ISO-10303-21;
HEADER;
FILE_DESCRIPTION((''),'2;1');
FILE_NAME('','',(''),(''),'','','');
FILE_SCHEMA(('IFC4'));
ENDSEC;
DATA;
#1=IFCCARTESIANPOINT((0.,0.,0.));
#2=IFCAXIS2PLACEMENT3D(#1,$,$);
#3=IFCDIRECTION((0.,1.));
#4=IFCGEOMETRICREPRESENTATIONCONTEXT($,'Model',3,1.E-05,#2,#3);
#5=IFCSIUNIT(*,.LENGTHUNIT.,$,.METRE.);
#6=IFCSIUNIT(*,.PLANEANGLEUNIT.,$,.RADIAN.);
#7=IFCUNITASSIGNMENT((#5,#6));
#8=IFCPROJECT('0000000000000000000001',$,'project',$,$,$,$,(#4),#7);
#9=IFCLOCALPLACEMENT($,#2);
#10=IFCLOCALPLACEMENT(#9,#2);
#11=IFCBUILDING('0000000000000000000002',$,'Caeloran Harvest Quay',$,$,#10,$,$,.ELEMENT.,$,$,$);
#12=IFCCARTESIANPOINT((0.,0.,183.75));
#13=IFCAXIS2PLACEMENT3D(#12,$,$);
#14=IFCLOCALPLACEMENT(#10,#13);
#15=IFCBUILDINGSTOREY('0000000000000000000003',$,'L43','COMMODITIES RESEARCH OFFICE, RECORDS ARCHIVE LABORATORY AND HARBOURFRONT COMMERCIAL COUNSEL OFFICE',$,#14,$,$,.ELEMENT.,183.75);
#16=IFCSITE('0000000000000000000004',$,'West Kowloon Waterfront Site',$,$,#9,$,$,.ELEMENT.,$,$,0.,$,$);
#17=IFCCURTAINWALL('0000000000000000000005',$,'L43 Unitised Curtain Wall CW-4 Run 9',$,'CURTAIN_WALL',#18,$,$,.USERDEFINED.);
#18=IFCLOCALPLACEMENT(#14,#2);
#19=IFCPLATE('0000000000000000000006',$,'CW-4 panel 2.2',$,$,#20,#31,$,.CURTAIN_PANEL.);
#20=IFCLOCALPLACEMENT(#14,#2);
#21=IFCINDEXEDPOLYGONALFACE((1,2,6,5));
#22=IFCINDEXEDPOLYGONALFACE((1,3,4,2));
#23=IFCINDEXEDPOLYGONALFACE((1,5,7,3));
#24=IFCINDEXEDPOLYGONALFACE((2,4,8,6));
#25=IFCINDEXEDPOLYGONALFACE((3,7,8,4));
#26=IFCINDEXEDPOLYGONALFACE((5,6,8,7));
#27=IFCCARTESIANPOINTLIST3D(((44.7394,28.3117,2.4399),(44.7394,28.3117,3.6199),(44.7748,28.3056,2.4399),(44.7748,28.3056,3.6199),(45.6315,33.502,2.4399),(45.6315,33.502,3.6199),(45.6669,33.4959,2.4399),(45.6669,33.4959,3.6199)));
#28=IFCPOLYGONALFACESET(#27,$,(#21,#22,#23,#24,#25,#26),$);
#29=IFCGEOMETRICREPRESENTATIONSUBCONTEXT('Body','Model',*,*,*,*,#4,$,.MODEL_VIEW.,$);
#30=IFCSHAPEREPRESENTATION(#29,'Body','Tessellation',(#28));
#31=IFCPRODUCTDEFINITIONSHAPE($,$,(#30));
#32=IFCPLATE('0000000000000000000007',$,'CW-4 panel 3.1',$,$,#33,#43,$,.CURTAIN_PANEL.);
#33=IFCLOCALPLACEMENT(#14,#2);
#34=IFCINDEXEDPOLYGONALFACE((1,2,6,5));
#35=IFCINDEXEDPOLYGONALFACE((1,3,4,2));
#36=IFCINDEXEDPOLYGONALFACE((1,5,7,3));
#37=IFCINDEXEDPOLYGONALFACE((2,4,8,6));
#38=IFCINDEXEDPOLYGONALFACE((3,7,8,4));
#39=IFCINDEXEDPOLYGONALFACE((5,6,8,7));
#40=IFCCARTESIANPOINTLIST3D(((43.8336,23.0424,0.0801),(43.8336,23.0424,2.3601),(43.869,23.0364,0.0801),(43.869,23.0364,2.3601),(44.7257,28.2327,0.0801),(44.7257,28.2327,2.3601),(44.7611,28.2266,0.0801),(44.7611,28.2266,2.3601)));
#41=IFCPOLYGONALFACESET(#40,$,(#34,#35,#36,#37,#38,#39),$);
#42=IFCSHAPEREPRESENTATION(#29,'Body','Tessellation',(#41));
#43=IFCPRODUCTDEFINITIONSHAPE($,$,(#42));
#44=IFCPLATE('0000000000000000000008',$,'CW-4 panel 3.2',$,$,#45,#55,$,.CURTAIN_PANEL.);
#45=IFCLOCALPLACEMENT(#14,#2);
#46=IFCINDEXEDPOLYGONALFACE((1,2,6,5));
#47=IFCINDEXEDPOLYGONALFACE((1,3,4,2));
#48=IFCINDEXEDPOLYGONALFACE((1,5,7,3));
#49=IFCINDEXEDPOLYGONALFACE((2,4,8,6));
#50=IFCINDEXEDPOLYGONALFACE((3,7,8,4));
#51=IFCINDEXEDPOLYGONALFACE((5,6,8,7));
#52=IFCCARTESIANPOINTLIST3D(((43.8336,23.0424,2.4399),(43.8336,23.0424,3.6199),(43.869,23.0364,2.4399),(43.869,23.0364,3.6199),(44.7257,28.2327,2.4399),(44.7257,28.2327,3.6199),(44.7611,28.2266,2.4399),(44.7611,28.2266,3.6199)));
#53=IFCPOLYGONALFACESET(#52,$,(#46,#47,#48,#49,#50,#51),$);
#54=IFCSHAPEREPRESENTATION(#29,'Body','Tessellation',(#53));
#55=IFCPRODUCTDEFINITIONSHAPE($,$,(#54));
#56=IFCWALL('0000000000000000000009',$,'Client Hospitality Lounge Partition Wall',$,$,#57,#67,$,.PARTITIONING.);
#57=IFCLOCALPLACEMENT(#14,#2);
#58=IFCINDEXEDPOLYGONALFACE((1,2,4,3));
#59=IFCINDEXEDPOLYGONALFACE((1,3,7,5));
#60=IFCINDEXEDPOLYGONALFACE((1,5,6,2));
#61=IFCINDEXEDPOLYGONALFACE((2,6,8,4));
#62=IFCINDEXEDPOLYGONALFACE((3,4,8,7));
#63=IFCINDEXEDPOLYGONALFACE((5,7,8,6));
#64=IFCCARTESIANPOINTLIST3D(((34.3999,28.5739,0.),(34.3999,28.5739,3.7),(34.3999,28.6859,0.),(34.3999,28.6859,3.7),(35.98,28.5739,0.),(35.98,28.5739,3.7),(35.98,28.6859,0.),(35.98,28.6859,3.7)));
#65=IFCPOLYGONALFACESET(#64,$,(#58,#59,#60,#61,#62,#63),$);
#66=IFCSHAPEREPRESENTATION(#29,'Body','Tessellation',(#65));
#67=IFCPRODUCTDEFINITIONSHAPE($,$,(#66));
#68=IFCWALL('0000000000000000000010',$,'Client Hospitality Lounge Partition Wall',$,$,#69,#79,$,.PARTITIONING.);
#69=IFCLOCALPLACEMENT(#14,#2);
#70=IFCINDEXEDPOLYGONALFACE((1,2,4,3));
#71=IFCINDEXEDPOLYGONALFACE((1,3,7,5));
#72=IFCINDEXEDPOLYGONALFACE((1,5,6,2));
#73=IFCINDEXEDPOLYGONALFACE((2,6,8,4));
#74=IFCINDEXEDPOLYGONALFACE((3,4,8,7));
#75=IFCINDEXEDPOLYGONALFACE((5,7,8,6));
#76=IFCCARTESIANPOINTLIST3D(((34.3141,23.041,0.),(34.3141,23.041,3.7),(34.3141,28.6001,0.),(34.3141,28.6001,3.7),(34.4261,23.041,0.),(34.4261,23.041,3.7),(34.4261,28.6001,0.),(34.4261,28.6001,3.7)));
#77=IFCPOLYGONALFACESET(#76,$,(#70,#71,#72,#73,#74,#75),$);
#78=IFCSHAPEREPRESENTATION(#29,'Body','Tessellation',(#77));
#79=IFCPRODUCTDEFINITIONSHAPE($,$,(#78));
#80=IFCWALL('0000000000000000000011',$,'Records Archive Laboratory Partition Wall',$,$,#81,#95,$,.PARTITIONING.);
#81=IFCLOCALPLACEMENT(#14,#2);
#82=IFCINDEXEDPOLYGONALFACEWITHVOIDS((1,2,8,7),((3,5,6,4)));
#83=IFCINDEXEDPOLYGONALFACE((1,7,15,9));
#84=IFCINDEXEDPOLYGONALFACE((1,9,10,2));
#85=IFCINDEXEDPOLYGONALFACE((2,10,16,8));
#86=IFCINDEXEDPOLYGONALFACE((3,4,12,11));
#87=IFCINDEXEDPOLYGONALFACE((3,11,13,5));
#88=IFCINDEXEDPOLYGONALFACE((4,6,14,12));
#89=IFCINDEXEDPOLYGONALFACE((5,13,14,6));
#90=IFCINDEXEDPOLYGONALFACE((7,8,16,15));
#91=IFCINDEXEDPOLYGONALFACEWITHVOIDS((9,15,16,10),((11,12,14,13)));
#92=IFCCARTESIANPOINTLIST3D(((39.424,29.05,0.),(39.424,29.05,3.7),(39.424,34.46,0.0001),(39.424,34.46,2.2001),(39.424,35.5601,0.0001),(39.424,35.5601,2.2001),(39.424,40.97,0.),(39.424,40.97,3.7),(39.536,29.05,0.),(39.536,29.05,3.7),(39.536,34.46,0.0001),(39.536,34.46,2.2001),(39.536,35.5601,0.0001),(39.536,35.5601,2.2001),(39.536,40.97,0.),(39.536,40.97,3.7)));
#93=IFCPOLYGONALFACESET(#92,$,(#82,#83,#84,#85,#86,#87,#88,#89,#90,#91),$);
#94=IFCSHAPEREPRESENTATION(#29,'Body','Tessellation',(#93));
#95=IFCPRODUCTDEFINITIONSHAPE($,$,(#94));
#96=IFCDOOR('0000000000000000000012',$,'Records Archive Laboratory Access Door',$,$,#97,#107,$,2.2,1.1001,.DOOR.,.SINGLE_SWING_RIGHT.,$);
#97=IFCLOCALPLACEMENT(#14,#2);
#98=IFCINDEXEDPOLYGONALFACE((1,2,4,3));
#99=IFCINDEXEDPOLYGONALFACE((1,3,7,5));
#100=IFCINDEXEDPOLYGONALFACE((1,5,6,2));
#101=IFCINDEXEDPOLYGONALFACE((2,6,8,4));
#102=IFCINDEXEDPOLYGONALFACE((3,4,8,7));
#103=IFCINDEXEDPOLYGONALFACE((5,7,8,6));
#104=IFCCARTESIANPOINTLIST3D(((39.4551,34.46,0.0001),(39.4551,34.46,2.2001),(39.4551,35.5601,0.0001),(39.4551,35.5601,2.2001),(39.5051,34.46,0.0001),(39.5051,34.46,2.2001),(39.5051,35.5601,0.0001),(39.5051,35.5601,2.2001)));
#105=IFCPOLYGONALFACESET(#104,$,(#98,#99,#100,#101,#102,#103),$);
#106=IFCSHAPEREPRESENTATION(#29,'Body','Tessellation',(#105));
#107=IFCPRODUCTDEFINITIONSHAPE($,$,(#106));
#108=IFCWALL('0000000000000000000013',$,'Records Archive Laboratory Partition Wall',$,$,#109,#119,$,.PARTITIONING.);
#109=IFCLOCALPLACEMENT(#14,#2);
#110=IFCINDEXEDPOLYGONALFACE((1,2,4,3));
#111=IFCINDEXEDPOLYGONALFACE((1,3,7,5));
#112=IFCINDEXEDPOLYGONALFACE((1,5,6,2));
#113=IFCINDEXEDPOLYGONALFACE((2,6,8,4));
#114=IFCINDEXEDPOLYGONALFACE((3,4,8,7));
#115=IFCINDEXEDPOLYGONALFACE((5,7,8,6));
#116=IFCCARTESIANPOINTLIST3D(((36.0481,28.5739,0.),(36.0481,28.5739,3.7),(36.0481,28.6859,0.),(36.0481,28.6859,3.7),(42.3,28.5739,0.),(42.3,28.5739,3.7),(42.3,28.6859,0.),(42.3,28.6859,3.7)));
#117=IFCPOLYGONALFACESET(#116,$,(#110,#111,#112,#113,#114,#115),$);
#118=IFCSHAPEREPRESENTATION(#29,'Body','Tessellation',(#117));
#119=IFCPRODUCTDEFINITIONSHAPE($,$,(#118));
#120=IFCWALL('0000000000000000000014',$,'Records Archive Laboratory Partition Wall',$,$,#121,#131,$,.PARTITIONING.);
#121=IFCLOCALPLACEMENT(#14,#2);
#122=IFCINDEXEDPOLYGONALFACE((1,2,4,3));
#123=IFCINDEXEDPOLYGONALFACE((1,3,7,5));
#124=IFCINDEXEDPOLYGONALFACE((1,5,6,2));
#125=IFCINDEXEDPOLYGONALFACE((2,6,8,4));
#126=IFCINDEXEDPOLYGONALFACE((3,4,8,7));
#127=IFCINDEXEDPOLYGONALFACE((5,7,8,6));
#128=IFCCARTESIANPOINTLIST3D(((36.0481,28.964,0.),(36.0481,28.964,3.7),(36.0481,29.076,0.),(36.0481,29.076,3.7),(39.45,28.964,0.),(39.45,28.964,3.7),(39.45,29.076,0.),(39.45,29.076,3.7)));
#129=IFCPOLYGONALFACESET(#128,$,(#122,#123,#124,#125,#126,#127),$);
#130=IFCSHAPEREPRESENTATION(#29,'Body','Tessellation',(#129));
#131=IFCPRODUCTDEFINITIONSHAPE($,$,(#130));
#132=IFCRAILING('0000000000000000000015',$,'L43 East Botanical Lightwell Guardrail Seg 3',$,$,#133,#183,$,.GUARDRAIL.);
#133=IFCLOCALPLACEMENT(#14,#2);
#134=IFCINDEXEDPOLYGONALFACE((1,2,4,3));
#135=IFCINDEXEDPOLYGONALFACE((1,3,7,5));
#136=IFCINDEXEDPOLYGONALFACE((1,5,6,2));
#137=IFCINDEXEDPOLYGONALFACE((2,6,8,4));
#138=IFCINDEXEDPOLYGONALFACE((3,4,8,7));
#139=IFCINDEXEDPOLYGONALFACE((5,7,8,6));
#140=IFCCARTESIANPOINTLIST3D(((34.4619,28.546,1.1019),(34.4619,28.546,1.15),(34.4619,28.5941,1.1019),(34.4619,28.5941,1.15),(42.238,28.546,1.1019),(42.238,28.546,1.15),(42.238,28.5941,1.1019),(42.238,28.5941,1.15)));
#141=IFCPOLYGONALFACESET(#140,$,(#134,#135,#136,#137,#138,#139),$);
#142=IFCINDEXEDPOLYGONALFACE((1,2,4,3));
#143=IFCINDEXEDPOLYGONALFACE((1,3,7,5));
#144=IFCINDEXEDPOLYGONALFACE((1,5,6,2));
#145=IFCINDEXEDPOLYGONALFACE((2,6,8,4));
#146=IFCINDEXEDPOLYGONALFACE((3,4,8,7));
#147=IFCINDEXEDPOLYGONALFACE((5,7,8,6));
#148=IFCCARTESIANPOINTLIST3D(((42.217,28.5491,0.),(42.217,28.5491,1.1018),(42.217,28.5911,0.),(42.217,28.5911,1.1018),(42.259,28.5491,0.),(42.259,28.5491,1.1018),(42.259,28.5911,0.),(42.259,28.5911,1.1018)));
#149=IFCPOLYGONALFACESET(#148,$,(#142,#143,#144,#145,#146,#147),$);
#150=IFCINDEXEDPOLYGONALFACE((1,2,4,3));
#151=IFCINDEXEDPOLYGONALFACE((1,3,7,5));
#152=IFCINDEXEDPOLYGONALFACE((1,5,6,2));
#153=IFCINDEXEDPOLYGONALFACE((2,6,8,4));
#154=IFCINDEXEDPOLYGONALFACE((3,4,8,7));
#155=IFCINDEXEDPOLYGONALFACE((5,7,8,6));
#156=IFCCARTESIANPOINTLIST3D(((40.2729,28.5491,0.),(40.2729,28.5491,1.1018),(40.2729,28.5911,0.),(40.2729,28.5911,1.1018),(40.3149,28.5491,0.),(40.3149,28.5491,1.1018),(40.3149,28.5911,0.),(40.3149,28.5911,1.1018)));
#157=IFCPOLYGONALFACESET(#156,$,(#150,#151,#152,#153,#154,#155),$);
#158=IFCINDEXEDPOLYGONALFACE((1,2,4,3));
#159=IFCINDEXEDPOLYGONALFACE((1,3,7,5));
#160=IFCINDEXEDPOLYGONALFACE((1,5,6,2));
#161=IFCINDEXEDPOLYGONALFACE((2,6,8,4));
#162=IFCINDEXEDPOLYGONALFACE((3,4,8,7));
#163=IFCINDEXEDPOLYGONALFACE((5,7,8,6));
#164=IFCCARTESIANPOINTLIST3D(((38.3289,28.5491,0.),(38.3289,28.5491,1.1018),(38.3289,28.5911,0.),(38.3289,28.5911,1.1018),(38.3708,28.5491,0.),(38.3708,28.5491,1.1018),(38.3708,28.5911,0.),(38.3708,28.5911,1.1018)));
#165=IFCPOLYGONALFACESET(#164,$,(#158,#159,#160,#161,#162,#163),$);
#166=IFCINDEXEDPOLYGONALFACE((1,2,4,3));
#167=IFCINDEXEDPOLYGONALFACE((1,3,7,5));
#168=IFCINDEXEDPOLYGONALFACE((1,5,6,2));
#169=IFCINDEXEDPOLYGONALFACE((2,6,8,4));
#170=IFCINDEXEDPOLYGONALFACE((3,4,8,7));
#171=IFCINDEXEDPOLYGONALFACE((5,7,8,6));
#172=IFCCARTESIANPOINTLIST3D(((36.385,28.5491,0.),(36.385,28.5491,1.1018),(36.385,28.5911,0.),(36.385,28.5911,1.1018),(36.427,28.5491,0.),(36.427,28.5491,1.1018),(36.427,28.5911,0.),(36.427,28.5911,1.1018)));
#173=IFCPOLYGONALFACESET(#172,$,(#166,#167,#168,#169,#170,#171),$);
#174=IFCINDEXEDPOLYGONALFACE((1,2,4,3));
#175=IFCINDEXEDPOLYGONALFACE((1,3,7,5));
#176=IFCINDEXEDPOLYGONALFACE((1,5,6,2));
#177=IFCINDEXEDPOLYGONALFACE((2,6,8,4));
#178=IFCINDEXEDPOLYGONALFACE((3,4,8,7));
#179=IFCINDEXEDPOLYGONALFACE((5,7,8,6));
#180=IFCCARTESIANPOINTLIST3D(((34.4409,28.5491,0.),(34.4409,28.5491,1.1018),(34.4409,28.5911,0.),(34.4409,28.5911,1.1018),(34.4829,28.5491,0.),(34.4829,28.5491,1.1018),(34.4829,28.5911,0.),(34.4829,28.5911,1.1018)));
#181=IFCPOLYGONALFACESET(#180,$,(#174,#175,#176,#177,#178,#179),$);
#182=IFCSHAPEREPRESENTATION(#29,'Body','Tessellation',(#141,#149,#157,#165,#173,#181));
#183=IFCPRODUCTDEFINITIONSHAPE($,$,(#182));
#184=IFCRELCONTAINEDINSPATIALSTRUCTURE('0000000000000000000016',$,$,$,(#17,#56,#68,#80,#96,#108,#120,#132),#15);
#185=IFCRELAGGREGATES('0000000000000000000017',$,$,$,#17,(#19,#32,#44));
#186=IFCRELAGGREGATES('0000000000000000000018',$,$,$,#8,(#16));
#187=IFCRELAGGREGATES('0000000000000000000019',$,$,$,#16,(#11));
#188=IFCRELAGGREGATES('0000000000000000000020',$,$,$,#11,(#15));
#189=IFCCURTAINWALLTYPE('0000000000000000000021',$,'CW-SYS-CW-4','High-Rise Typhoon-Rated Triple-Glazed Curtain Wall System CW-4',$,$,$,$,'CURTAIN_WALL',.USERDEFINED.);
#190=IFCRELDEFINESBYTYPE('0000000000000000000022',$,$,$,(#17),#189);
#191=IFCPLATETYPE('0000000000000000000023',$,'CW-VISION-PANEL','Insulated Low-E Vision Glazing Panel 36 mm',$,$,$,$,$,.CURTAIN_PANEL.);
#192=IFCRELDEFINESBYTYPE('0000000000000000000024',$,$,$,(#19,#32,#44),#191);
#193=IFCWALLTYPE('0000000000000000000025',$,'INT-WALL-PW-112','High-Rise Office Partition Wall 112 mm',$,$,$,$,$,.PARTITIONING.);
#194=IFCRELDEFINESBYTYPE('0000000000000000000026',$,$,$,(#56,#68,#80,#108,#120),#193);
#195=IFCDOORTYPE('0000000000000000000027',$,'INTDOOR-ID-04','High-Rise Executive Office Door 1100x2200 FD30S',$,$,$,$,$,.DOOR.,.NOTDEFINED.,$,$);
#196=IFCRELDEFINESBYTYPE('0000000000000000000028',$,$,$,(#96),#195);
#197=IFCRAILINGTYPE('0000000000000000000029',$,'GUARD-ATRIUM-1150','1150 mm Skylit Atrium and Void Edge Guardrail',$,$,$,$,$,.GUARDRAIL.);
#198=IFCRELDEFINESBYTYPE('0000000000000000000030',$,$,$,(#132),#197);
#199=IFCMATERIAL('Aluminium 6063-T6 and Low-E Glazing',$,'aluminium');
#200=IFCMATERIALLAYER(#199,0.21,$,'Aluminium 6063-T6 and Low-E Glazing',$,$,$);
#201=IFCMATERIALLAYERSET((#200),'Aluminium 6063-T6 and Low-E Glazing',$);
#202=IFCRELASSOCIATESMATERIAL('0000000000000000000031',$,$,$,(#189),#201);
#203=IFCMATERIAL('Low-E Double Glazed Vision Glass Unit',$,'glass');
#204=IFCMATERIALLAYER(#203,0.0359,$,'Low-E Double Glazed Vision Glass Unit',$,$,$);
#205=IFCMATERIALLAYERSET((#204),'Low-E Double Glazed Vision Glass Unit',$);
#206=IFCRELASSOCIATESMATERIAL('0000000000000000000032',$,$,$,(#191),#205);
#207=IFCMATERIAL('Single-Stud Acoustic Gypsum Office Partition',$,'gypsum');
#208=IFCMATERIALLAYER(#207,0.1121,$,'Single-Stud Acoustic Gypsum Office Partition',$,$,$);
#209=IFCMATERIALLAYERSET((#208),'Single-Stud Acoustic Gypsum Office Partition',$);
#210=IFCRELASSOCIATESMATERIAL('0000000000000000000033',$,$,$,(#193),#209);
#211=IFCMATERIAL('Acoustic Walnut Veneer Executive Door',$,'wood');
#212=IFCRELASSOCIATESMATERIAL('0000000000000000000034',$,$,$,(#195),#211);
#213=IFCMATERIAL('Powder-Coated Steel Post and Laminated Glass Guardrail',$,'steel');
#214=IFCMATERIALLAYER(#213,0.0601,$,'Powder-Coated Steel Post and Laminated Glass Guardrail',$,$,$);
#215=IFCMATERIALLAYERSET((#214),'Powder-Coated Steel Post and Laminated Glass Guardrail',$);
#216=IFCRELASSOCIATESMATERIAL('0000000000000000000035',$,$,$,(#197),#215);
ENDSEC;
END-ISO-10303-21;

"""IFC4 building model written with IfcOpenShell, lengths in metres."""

from ifc_helpers import new_model, si_unit, direction, frame, frame_2d, origin, origin_2d, place, context, subcontext, project, spatial, rectangle, extrude, material, layer, layer_set, type_object, element, fill, aggregate, save


model = new_model("IFC4")

# Units and contexts
model_context = context("Model", 3, precision=1e-05, world=origin(), true_north=direction((0.0, 1.0)))
body_context = subcontext(model_context, "Body", "Model", "MODEL_VIEW")
ifc_project = project(units=[si_unit("LENGTHUNIT", "METRE"), si_unit("PLANEANGLEUNIT", "RADIAN")], contexts=[model_context])

# Site, building, storey
site_placement = place(None, origin())
site = spatial("IfcSite", under=ifc_project, at=site_placement, Name="West Kowloon Waterfront Site", CompositionType="ELEMENT", RefElevation=0.0)
building_placement = place(site_placement, origin())
building = spatial("IfcBuilding", under=site, at=building_placement, Name="Caeloran Harvest Quay", CompositionType="ELEMENT")
storey_placement = place(building_placement, frame((0.0, 0.0, 183.75)))
storey = spatial("IfcBuildingStorey", under=building, at=storey_placement, Name="L43", Description="COMMODITIES RESEARCH OFFICE, RECORDS ARCHIVE LABORATORY AND HARBOURFRONT COMMERCIAL COUNSEL OFFICE", CompositionType="ELEMENT", Elevation=183.75)

# Curtain wall, plates
ifc_material_1 = material(Name="Aluminium 6063-T6 and Low-E Glazing", Category="aluminium")
ifc_layer_1 = layer(ifc_material_1, 0.21, Name="Aluminium 6063-T6 and Low-E Glazing")
ifc_layer_set_1 = layer_set([ifc_layer_1], Name="Aluminium 6063-T6 and Low-E Glazing")
curtain_wall_type = type_object("IfcCurtainWallType", Name="CW-SYS-CW-4", Description="High-Rise Typhoon-Rated Triple-Glazed Curtain Wall System CW-4", ElementType="CURTAIN_WALL", PredefinedType="USERDEFINED", material=ifc_layer_set_1)
curtain_wall_placement = place(storey_placement, origin())
curtain_wall = element("IfcCurtainWall", 1, at=curtain_wall_placement, inside=storey, type_object=curtain_wall_type, Name="L43 Unitised Curtain Wall CW-4 Run 9", ObjectType="CURTAIN_WALL", PredefinedType="USERDEFINED")
ifc_material_2 = material(Name="Low-E Double Glazed Vision Glass Unit", Category="glass")
ifc_layer_2 = layer(ifc_material_2, 0.0359, Name="Low-E Double Glazed Vision Glass Unit")
ifc_layer_set_2 = layer_set([ifc_layer_2], Name="Low-E Double Glazed Vision Glass Unit")
plate_type = type_object("IfcPlateType", Name="CW-VISION-PANEL", Description="Insulated Low-E Vision Glazing Panel 36 mm", PredefinedType="CURTAIN_PANEL", material=ifc_layer_set_2)
plate_1_placement = place(storey_placement, frame((45.2031, 30.9038, 2.4399), z_axis=(0.0, 0.0, 1.0), x_axis=(-0.169392, -0.985549, 0.0)))
plate_1 = element("IfcPlate", 2, at=plate_1_placement, type_object=plate_type, Name="CW-4 panel 2.2", PredefinedType="CURTAIN_PANEL", context=body_context, shape_type="SweptSolid", body=[
    extrude(rectangle(XDim=5.2664, YDim=0.0359, at=origin_2d()), origin(), (0.0, 0.0, 1.0), 1.1799),
])
plate_2_placement = place(storey_placement, frame((44.2974, 25.6345, 0.0801), z_axis=(0.0, 0.0, 1.0), x_axis=(-0.169392, -0.985549, 0.0)))
plate_2 = element("IfcPlate", 3, at=plate_2_placement, type_object=plate_type, Name="CW-4 panel 3.1", PredefinedType="CURTAIN_PANEL", context=body_context, shape_type="SweptSolid", body=[
    extrude(rectangle(XDim=5.2664, YDim=0.0359, at=origin_2d()), origin(), (0.0, 0.0, 1.0), 2.28),
])
plate_3_placement = place(storey_placement, frame((44.2974, 25.6345, 2.4399), z_axis=(0.0, 0.0, 1.0), x_axis=(-0.169392, -0.985549, 0.0)))
plate_3 = element("IfcPlate", 4, at=plate_3_placement, type_object=plate_type, Name="CW-4 panel 3.2", PredefinedType="CURTAIN_PANEL", context=body_context, shape_type="SweptSolid", body=[
    extrude(rectangle(XDim=5.2664, YDim=0.0359, at=origin_2d()), origin(), (0.0, 0.0, 1.0), 1.1799),
])
aggregate(curtain_wall, [plate_1, plate_2, plate_3])

# Walls
ifc_material_3 = material(Name="Single-Stud Acoustic Gypsum Office Partition", Category="gypsum")
ifc_layer_3 = layer(ifc_material_3, 0.1121, Name="Single-Stud Acoustic Gypsum Office Partition")
ifc_layer_set_3 = layer_set([ifc_layer_3], Name="Single-Stud Acoustic Gypsum Office Partition")
wall_type = type_object("IfcWallType", Name="INT-WALL-PW-112", Description="High-Rise Office Partition Wall 112 mm", PredefinedType="PARTITIONING", material=ifc_layer_set_3)
wall_1_placement = place(storey_placement, frame((35.98, 28.6299, 0.0), z_axis=(0.0, 0.0, 1.0), x_axis=(-1.0, 0.0, 0.0)))
element("IfcWall", 5, at=wall_1_placement, inside=storey, type_object=wall_type, Name="Client Hospitality Lounge Partition Wall", PredefinedType="PARTITIONING", context=body_context, shape_type="SweptSolid", body=[
    extrude(rectangle(XDim=1.5801, YDim=0.1121, at=frame_2d((0.79, 0.0))), origin(), (0.0, 0.0, 1.0), 3.7),
])
wall_2_placement = place(storey_placement, frame((34.3701, 28.6001, 0.0), z_axis=(0.0, 0.0, 1.0), x_axis=(0.0, -1.0, 0.0)))
element("IfcWall", 6, at=wall_2_placement, inside=storey, type_object=wall_type, Name="Client Hospitality Lounge Partition Wall", PredefinedType="PARTITIONING", context=body_context, shape_type="SweptSolid", body=[
    extrude(rectangle(XDim=5.5591, YDim=0.1121, at=frame_2d((2.7795, 0.0))), origin(), (0.0, 0.0, 1.0), 3.7),
])

# Wall, opening, door
wall_3_placement = place(storey_placement, frame((39.48, 29.05, 0.0), z_axis=(0.0, 0.0, 1.0), x_axis=(0.0, 1.0, 0.0)))
wall_3 = element("IfcWall", 7, at=wall_3_placement, inside=storey, type_object=wall_type, Name="Records Archive Laboratory Partition Wall", PredefinedType="PARTITIONING", context=body_context, shape_type="SweptSolid", body=[
    extrude(rectangle(XDim=11.9199, YDim=0.1121, at=frame_2d((5.96, 0.0))), origin(), (0.0, 0.0, 1.0), 3.7),
])
opening_placement = place(wall_3_placement, frame((5.4099, 0.0, 0.0)))
opening = element("IfcOpeningElement", 8, at=opening_placement, cuts=wall_3, PredefinedType="OPENING", context=body_context, shape_type="SweptSolid", body=[
    extrude(rectangle(XDim=1.1001, YDim=2.2, at=frame_2d((0.55, 1.1001))), frame((0.0, 0.0659, 0.0), z_axis=(0.0, -1.0, 0.0), x_axis=(1.0, 0.0, 0.0)), (0.0, 0.0, 1.0), 0.1321),
])
ifc_material_4 = material(Name="Acoustic Walnut Veneer Executive Door", Category="wood")
door_type = type_object("IfcDoorType", Name="INTDOOR-ID-04", Description="High-Rise Executive Office Door 1100x2200 FD30S", OperationType="NOTDEFINED", PredefinedType="DOOR", material=ifc_material_4)
door_placement = place(opening_placement, origin())
door = element("IfcDoor", 9, at=door_placement, inside=storey, type_object=door_type, Name="Records Archive Laboratory Access Door", OperationType="SINGLE_SWING_RIGHT", OverallHeight=2.2, OverallWidth=1.1001, PredefinedType="DOOR", context=body_context, shape_type="SweptSolid", body=[
    extrude(rectangle(XDim=1.1001, YDim=2.2, at=frame_2d((0.55, 1.1001))), frame((0.0, 0.0249, 0.0), z_axis=(0.0, -1.0, 0.0), x_axis=(1.0, 0.0, 0.0)), (0.0, 0.0, 1.0), 0.05),
])
fill(opening, door)

# Walls
wall_4_placement = place(storey_placement, frame((42.3, 28.6299, 0.0), z_axis=(0.0, 0.0, 1.0), x_axis=(-1.0, 0.0, 0.0)))
element("IfcWall", 10, at=wall_4_placement, inside=storey, type_object=wall_type, Name="Records Archive Laboratory Partition Wall", PredefinedType="PARTITIONING", context=body_context, shape_type="SweptSolid", body=[
    extrude(rectangle(XDim=6.252, YDim=0.1121, at=frame_2d((3.126, 0.0))), origin(), (0.0, 0.0, 1.0), 3.7),
])
wall_5_placement = place(storey_placement, frame((36.0481, 29.02, 0.0), z_axis=(0.0, 0.0, 1.0), x_axis=(1.0, 0.0, 0.0)))
element("IfcWall", 11, at=wall_5_placement, inside=storey, type_object=wall_type, Name="Records Archive Laboratory Partition Wall", PredefinedType="PARTITIONING", context=body_context, shape_type="SweptSolid", body=[
    extrude(rectangle(XDim=3.4019, YDim=0.1121, at=frame_2d((1.7009, 0.0))), origin(), (0.0, 0.0, 1.0), 3.7),
])

# Railing
ifc_material_5 = material(Name="Powder-Coated Steel Post and Laminated Glass Guardrail", Category="steel")
ifc_layer_4 = layer(ifc_material_5, 0.0601, Name="Powder-Coated Steel Post and Laminated Glass Guardrail")
ifc_layer_set_4 = layer_set([ifc_layer_4], Name="Powder-Coated Steel Post and Laminated Glass Guardrail")
railing_type = type_object("IfcRailingType", Name="GUARD-ATRIUM-1150", Description="1150 mm Skylit Atrium and Void Edge Guardrail", PredefinedType="GUARDRAIL", material=ifc_layer_set_4)
railing_1_placement = place(storey_placement, frame((42.238, 28.5701, 0.0)))
element("IfcRailing", 12, at=railing_1_placement, inside=storey, type_object=railing_type, Name="L43 East Botanical Lightwell Guardrail Seg 3", PredefinedType="GUARDRAIL", context=body_context, shape_type="SweptSolid", body=[
    extrude(rectangle(XDim=0.0481, YDim=0.0481, at=origin_2d()), frame((0.0, 0.0, 1.126), z_axis=(-1.0, 0.0, 0.0), x_axis=(0.0, -1.0, 0.0)), (0.0, 0.0, 1.0), 7.7761),
    extrude(rectangle(XDim=0.042, YDim=0.042, at=origin_2d()), origin(), (0.0, 0.0, 1.0), 1.1018),
    extrude(rectangle(XDim=0.042, YDim=0.042, at=origin_2d()), frame((-1.9441, 0.0, 0.0)), (0.0, 0.0, 1.0), 1.1018),
    extrude(rectangle(XDim=0.042, YDim=0.042, at=origin_2d()), frame((-3.8882, 0.0, 0.0)), (0.0, 0.0, 1.0), 1.1018),
    extrude(rectangle(XDim=0.042, YDim=0.042, at=origin_2d()), frame((-5.832, 0.0, 0.0)), (0.0, 0.0, 1.0), 1.1018),
    extrude(rectangle(XDim=0.042, YDim=0.042, at=origin_2d()), frame((-7.7761, 0.0, 0.0)), (0.0, 0.0, 1.0), 1.1018),
])

save(model, "model.ifc")
